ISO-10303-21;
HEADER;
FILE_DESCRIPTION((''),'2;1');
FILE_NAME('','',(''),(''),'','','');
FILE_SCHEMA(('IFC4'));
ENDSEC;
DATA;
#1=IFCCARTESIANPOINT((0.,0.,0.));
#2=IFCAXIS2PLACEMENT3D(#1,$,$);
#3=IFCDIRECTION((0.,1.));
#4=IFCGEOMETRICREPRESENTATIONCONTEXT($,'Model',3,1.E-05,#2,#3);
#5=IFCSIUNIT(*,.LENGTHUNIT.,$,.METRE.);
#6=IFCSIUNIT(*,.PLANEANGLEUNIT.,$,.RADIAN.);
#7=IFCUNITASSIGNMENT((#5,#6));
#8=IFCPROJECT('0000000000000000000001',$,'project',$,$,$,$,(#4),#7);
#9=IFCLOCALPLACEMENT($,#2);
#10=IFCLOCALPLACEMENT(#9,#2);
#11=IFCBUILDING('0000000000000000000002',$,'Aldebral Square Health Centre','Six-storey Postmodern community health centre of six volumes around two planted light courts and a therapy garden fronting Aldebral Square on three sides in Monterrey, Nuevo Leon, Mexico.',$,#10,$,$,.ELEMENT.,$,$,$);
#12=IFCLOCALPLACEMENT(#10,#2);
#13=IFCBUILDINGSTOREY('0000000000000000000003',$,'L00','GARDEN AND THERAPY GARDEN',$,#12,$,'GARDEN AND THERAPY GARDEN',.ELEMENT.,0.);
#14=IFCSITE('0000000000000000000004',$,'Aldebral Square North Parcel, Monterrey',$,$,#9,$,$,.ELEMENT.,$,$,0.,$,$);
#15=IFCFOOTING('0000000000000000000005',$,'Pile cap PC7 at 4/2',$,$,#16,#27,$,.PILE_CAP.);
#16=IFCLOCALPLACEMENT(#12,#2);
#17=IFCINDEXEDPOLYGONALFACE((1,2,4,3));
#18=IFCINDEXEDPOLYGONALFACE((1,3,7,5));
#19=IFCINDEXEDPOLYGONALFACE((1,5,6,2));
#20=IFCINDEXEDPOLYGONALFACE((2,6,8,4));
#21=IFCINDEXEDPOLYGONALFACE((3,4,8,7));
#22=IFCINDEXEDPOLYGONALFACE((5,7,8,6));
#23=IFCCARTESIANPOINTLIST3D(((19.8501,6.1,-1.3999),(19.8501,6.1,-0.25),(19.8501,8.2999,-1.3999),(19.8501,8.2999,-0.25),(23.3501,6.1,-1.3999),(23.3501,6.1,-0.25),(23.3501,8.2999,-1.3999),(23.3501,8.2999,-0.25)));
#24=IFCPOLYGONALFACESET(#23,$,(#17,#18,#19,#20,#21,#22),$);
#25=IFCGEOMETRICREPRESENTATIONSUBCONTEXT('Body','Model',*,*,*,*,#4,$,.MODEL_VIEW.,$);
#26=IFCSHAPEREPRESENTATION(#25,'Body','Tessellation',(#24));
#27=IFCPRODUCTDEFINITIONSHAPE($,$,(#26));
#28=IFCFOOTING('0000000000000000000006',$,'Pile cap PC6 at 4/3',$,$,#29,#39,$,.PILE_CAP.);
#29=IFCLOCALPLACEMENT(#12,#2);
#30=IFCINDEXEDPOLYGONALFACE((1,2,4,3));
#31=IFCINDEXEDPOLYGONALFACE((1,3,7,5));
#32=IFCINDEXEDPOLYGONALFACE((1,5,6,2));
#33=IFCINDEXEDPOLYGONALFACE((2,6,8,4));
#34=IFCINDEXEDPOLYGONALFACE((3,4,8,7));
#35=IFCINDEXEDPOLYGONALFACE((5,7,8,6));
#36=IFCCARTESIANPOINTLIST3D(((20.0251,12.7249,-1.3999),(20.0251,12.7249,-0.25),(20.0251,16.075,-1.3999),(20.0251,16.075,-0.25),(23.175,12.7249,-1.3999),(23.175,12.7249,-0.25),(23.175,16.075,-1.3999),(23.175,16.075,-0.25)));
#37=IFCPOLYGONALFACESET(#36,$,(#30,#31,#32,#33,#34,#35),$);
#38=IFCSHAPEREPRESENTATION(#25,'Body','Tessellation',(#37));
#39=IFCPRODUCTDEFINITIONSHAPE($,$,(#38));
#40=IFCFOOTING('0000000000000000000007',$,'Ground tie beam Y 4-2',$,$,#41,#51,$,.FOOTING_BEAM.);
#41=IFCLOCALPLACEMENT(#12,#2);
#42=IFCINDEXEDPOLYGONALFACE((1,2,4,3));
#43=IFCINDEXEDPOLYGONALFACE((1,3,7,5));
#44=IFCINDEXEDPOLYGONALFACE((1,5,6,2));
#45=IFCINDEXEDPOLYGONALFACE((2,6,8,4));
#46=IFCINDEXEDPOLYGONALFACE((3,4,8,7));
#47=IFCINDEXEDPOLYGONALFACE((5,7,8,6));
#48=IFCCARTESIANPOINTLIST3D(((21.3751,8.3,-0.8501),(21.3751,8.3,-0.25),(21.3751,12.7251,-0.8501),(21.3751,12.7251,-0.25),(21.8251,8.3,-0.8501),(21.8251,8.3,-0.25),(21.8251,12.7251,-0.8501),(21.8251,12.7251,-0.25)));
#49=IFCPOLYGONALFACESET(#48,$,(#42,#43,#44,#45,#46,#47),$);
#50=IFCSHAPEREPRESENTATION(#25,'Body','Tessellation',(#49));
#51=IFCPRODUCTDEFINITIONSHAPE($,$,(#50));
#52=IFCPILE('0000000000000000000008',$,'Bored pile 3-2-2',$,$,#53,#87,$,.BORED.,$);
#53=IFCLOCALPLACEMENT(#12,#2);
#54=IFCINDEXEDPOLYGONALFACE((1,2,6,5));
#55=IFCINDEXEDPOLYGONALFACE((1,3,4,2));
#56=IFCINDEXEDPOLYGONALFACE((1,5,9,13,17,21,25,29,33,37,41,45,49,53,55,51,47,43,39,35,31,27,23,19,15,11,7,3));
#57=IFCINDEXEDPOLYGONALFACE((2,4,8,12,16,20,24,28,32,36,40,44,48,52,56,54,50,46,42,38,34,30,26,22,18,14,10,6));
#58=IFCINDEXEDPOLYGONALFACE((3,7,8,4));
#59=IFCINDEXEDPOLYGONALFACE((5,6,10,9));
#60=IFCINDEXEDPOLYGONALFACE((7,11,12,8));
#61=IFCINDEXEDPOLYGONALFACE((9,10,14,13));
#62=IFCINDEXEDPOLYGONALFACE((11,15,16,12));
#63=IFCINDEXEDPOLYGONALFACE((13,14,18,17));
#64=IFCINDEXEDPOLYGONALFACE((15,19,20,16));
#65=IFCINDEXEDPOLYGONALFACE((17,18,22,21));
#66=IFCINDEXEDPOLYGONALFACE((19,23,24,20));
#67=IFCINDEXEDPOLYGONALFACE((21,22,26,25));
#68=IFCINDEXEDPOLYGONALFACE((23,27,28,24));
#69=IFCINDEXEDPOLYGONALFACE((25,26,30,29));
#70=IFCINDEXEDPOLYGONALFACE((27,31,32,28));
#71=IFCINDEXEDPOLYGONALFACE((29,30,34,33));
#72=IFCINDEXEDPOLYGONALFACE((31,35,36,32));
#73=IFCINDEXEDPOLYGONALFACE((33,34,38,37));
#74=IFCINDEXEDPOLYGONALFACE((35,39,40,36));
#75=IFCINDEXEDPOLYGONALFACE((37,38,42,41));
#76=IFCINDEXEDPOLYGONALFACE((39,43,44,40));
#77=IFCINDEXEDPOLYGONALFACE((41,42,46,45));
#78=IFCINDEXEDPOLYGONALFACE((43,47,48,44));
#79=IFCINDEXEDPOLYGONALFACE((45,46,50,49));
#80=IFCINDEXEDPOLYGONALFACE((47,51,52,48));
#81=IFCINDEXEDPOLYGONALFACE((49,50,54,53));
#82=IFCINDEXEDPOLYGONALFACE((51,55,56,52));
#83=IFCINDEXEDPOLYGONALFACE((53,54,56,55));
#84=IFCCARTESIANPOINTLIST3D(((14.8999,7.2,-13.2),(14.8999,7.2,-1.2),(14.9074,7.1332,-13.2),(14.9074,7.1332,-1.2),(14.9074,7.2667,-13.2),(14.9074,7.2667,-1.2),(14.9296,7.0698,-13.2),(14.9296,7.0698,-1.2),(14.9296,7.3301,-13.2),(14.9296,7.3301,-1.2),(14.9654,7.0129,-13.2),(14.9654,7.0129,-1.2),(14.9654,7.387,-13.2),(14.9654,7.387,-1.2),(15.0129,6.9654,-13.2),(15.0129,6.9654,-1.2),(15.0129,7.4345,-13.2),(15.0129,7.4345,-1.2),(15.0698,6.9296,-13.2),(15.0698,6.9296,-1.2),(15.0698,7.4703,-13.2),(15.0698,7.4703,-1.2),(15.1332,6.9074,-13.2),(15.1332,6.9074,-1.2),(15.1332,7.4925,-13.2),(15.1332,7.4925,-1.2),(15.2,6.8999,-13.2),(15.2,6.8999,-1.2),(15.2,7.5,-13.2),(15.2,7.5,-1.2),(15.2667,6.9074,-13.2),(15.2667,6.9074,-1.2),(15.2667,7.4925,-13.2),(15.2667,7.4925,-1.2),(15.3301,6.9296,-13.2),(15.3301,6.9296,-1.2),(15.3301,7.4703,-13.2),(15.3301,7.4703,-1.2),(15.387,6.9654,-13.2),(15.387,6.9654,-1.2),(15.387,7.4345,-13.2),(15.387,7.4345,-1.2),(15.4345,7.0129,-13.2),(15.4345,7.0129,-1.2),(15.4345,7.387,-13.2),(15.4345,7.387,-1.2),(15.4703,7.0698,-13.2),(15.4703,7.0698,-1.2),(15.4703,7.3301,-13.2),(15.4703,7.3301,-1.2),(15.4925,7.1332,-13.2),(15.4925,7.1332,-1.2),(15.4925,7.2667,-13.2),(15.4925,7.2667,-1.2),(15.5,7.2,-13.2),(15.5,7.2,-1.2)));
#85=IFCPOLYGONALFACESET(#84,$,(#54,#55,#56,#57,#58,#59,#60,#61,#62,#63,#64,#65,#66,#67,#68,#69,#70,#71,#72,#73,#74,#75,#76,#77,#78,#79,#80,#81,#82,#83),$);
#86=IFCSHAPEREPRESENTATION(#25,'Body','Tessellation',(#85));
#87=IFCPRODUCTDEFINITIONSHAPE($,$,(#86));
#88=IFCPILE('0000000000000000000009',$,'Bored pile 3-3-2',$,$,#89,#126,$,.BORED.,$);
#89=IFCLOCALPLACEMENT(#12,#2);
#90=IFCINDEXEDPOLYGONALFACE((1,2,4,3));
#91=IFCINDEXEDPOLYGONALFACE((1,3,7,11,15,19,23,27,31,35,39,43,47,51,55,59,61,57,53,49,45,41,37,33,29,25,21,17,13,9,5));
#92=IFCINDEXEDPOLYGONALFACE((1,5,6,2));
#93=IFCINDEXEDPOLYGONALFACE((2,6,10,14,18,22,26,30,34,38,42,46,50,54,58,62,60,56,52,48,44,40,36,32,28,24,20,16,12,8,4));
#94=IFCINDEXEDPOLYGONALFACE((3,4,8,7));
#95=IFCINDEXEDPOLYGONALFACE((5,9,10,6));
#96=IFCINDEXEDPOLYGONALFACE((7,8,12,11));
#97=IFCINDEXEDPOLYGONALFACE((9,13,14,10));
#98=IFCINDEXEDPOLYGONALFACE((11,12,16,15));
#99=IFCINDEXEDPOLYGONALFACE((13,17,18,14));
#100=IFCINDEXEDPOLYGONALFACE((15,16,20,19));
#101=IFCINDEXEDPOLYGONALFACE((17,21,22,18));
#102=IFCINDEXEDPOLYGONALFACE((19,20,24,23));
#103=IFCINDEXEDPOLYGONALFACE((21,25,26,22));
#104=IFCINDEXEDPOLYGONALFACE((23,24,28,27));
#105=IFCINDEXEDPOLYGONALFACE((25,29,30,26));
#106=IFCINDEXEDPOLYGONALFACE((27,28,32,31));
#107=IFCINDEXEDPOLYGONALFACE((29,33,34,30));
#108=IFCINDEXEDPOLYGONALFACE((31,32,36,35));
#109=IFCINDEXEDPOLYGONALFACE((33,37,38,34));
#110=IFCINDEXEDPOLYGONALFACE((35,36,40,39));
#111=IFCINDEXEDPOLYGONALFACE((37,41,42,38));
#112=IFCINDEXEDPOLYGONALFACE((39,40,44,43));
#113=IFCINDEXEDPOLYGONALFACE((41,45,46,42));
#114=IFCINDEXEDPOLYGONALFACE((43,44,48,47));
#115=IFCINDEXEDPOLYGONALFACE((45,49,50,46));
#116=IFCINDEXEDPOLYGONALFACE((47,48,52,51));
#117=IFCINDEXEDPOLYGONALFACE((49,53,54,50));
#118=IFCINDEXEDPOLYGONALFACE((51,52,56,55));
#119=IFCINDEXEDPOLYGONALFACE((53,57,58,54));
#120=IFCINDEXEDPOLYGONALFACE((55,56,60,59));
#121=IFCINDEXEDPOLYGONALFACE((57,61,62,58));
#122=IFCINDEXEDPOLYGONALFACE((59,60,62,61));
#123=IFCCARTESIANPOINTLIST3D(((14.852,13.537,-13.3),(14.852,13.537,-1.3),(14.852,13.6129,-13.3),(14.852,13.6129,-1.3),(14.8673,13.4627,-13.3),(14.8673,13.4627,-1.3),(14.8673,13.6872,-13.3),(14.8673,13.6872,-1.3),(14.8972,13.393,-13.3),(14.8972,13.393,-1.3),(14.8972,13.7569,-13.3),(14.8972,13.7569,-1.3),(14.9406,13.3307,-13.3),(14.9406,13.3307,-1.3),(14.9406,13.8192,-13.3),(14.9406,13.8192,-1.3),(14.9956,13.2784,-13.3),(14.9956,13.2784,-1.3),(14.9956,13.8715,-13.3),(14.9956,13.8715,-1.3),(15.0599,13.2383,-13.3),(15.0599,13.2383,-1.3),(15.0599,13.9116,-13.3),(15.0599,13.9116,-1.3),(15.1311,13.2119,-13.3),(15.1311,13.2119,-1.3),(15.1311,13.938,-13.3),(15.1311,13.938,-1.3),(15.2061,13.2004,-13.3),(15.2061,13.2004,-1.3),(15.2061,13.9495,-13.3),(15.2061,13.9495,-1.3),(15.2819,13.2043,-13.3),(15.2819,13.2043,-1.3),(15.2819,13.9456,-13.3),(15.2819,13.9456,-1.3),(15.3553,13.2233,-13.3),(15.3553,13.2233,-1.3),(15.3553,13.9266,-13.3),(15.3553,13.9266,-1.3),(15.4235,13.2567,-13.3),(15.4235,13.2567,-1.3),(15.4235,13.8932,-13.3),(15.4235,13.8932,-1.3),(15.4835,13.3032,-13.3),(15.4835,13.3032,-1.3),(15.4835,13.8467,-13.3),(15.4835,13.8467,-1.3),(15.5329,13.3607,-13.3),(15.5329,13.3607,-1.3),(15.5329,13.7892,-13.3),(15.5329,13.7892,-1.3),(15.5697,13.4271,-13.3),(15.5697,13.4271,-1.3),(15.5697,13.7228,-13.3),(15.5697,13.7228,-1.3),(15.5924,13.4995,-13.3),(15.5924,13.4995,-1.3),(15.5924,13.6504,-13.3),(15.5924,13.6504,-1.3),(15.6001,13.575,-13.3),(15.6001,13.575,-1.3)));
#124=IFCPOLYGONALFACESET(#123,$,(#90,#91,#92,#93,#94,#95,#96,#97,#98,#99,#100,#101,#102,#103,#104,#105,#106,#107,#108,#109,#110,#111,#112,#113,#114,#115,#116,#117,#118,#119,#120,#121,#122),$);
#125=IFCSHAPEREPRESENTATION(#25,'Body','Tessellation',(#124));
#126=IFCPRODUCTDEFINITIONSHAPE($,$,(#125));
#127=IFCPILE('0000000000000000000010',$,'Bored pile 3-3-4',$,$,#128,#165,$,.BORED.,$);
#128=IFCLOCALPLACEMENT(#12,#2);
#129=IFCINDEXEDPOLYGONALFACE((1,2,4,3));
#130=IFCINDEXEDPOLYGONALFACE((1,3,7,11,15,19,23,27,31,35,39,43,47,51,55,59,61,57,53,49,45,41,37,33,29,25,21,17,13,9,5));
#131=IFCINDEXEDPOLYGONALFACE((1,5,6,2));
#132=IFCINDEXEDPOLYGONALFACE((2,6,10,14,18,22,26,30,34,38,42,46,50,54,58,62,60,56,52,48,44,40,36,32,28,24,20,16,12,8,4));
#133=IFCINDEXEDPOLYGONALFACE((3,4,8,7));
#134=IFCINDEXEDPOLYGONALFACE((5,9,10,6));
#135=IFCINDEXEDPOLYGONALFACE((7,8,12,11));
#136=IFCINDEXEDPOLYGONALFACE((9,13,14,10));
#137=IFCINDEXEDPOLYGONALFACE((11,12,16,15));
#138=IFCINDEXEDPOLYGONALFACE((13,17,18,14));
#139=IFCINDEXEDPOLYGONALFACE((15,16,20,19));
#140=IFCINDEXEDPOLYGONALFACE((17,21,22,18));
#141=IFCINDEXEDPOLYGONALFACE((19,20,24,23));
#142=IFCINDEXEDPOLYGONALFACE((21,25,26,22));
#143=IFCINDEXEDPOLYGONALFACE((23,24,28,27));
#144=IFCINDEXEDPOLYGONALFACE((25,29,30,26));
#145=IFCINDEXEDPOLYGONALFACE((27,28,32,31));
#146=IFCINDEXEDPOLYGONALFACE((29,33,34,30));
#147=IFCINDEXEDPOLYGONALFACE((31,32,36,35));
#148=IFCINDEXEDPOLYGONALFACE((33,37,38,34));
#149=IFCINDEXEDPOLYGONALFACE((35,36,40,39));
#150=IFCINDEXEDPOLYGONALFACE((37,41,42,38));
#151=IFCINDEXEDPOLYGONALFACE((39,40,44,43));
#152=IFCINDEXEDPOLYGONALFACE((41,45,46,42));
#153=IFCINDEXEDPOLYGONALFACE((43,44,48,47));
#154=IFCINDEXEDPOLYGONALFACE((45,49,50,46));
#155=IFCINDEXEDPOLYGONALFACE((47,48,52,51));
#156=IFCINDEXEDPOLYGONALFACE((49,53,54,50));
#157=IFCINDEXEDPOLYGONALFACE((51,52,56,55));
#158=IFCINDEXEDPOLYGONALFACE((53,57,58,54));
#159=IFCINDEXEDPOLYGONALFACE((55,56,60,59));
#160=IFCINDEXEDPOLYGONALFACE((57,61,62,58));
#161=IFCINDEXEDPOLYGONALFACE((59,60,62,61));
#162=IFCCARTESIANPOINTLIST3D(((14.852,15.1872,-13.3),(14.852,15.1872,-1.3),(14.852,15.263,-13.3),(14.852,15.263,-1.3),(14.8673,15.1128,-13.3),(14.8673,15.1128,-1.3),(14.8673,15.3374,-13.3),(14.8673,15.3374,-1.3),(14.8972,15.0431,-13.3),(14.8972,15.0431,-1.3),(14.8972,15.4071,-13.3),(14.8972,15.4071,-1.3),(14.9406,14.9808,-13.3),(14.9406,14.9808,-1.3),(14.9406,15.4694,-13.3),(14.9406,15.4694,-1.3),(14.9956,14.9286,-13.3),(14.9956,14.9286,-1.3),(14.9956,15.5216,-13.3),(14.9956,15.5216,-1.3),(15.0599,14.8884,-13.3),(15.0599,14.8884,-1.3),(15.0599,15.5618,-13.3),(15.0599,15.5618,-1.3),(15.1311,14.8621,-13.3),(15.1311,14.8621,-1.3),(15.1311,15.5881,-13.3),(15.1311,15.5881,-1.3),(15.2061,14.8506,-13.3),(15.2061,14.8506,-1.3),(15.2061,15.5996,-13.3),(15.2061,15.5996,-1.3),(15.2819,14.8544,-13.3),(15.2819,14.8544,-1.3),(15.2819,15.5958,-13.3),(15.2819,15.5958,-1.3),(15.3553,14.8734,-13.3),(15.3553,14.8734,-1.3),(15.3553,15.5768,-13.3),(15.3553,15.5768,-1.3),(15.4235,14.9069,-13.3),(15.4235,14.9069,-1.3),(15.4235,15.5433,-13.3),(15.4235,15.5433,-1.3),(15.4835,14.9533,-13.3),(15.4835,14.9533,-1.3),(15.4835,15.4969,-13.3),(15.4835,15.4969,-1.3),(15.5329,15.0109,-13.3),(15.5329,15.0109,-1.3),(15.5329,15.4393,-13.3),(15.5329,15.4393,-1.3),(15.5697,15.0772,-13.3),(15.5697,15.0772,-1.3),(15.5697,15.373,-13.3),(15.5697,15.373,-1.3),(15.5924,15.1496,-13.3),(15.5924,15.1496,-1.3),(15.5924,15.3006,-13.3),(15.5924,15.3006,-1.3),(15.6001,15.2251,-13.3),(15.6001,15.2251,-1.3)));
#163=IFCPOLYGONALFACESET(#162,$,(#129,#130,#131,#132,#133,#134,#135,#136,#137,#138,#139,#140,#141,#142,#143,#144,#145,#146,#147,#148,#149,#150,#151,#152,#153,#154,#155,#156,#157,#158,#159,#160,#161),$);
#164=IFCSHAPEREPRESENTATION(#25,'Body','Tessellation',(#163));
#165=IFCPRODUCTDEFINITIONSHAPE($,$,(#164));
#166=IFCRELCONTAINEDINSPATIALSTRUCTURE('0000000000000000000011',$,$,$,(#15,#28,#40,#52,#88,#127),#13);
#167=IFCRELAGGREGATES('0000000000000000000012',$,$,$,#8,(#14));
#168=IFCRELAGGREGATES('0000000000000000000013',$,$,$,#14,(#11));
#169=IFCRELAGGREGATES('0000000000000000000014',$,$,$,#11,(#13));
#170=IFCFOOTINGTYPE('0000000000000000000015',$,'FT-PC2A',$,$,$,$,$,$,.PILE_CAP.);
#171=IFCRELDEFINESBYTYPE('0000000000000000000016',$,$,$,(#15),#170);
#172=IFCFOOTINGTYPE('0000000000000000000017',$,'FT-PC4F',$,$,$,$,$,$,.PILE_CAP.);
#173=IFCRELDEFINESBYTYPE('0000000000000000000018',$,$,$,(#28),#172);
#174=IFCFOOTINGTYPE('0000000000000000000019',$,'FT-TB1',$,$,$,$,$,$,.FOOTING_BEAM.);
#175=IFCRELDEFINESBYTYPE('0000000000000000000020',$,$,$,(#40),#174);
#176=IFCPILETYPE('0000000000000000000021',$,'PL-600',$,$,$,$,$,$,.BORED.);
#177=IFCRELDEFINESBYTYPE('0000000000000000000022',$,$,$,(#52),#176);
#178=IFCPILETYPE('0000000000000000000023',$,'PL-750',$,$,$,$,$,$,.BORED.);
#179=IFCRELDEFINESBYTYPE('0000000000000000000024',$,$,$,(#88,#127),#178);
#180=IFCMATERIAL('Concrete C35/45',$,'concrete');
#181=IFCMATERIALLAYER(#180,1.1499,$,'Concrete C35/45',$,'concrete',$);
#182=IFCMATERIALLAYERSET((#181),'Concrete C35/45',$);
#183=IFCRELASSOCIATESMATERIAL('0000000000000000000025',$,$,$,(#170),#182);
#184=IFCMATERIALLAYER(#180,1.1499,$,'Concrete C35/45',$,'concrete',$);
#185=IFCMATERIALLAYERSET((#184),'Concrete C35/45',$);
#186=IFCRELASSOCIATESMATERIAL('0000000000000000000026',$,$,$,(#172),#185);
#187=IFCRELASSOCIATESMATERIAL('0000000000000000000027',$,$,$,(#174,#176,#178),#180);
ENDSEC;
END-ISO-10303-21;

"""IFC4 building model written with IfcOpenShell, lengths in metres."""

from ifc_helpers import new_model, si_unit, direction, frame, origin, origin_2d, place, context, subcontext, project, spatial, rectangle, circle, extrude, material, layer, layer_set, material_profile, profile_set, type_object, element, save


model = new_model("IFC4")

# Units and contexts
model_context = context("Model", 3, precision=1e-05, world=origin(), true_north=direction((0.0, 1.0)))
body_context = subcontext(model_context, "Body", "Model", "MODEL_VIEW")
ifc_project = project(units=[si_unit("LENGTHUNIT", "METRE"), si_unit("PLANEANGLEUNIT", "RADIAN")], contexts=[model_context])

# Site, building, storey
site_placement = place(None, origin())
site = spatial("IfcSite", under=ifc_project, at=site_placement, Name="Aldebral Square North Parcel, Monterrey", CompositionType="ELEMENT", RefElevation=0.0)
building_placement = place(site_placement, origin())
building = spatial("IfcBuilding", under=site, at=building_placement, Name="Aldebral Square Health Centre", Description="Six-storey Postmodern community health centre of six volumes around two planted light courts and a therapy garden fronting Aldebral Square on three sides in Monterrey, Nuevo Leon, Mexico.", CompositionType="ELEMENT")
storey_placement = place(building_placement, origin())
storey = spatial("IfcBuildingStorey", under=building, at=storey_placement, Name="L00", Description="GARDEN AND THERAPY GARDEN", LongName="GARDEN AND THERAPY GARDEN", CompositionType="ELEMENT", Elevation=0.0)

# Footings
ifc_material_1 = material(Name="Concrete C35/45", Category="concrete")
ifc_layer_1 = layer(ifc_material_1, 1.1499, Name="Concrete C35/45", Category="concrete")
ifc_layer_set_1 = layer_set([ifc_layer_1], Name="Concrete C35/45")
footing_type_1 = type_object("IfcFootingType", Name="FT-PC2A", PredefinedType="PILE_CAP", material=ifc_layer_set_1)
footing_1_placement = place(storey_placement, frame((21.6001, 7.2, -1.3999), z_axis=(0.0, 0.0, 1.0), x_axis=(1.0, 0.0, 0.0)))
element("IfcFooting", 1, at=footing_1_placement, inside=storey, type_object=footing_type_1, Name="Pile cap PC7 at 4/2", PredefinedType="PILE_CAP", context=body_context, shape_type="SweptSolid", body=[
    extrude(rectangle(XDim=3.5, YDim=2.2, at=origin_2d()), origin(), (0.0, 0.0, 1.0), 1.1499),
])
ifc_layer_2 = layer(ifc_material_1, 1.1499, Name="Concrete C35/45", Category="concrete")
ifc_layer_set_2 = layer_set([ifc_layer_2], Name="Concrete C35/45")
footing_type_2 = type_object("IfcFootingType", Name="FT-PC4F", PredefinedType="PILE_CAP", material=ifc_layer_set_2)
footing_2_placement = place(storey_placement, frame((21.6001, 14.3999, -1.3999), z_axis=(0.0, 0.0, 1.0), x_axis=(1.0, 0.0, 0.0)))
element("IfcFooting", 2, at=footing_2_placement, inside=storey, type_object=footing_type_2, Name="Pile cap PC6 at 4/3", PredefinedType="PILE_CAP", context=body_context, shape_type="SweptSolid", body=[
    extrude(rectangle(XDim=3.1499, YDim=3.3501, at=origin_2d()), origin(), (0.0, 0.0, 1.0), 1.1499),
])
ifc_material_profile_1 = material_profile(ifc_material_1, rectangle(XDim=0.45, YDim=0.6001, at=origin_2d()), Name="RC 450x600")
ifc_profile_set_1 = profile_set([ifc_material_profile_1], Name="Concrete C35/45")
footing_type_3 = type_object("IfcFootingType", Name="FT-TB1", PredefinedType="FOOTING_BEAM", material=ifc_profile_set_1)
footing_3_placement = place(storey_placement, frame((21.6001, 8.3, -0.55), z_axis=(0.0, 1.0, 0.0), x_axis=(-1.0, 0.0, 0.0)))
element("IfcFooting", 3, at=footing_3_placement, inside=storey, type_object=footing_type_3, Name="Ground tie beam Y 4-2", PredefinedType="FOOTING_BEAM", context=body_context, shape_type="SweptSolid", body=[
    extrude(rectangle(XDim=0.45, YDim=0.6001, at=origin_2d()), origin(), (0.0, 0.0, 1.0), 4.425),
])

# Piles
ifc_material_profile_2 = material_profile(ifc_material_1, circle(Radius=0.3, at=origin_2d()), Name="PILE D600")
ifc_profile_set_2 = profile_set([ifc_material_profile_2], Name="Concrete C35/45")
pile_type_1 = type_object("IfcPileType", Name="PL-600", PredefinedType="BORED", material=ifc_profile_set_2)
pile_placement = place(storey_placement, frame((15.2, 7.2, -1.2), z_axis=(0.0, 0.0, -1.0), x_axis=(1.0, 0.0, 0.0)))
element("IfcPile", 4, at=pile_placement, inside=storey, type_object=pile_type_1, Name="Bored pile 3-2-2", PredefinedType="BORED", context=body_context, shape_type="SweptSolid", body=[
    extrude(circle(Radius=0.3, at=origin_2d()), origin(), (0.0, 0.0, 1.0), 12.0),
])
ifc_material_profile_3 = material_profile(ifc_material_1, circle(Radius=0.375, at=origin_2d()), Name="PILE D750")
ifc_profile_set_3 = profile_set([ifc_material_profile_3], Name="Concrete C35/45")
pile_type_2 = type_object("IfcPileType", Name="PL-750", PredefinedType="BORED", material=ifc_profile_set_3)
for number, where, z_axis, x_axis, name in (
    (5, (15.2251, 13.575, -1.3), (0.0, 0.0, -1.0), (1.0, 0.0, 0.0), "Bored pile 3-3-2"),
    (6, (15.2251, 15.2251, -1.3), (0.0, 0.0, -1.0), (1.0, 0.0, 0.0), "Bored pile 3-3-4"),
):
    element("IfcPile", number, at=place(storey_placement, frame(where, z_axis=z_axis, x_axis=x_axis)), inside=storey, type_object=pile_type_2, Name=name, PredefinedType="BORED", context=body_context, shape_type="SweptSolid", body=[
        extrude(circle(Radius=0.375, at=origin_2d()), origin(), (0.0, 0.0, 1.0), 12.0),
    ])

save(model, "model.ifc")
